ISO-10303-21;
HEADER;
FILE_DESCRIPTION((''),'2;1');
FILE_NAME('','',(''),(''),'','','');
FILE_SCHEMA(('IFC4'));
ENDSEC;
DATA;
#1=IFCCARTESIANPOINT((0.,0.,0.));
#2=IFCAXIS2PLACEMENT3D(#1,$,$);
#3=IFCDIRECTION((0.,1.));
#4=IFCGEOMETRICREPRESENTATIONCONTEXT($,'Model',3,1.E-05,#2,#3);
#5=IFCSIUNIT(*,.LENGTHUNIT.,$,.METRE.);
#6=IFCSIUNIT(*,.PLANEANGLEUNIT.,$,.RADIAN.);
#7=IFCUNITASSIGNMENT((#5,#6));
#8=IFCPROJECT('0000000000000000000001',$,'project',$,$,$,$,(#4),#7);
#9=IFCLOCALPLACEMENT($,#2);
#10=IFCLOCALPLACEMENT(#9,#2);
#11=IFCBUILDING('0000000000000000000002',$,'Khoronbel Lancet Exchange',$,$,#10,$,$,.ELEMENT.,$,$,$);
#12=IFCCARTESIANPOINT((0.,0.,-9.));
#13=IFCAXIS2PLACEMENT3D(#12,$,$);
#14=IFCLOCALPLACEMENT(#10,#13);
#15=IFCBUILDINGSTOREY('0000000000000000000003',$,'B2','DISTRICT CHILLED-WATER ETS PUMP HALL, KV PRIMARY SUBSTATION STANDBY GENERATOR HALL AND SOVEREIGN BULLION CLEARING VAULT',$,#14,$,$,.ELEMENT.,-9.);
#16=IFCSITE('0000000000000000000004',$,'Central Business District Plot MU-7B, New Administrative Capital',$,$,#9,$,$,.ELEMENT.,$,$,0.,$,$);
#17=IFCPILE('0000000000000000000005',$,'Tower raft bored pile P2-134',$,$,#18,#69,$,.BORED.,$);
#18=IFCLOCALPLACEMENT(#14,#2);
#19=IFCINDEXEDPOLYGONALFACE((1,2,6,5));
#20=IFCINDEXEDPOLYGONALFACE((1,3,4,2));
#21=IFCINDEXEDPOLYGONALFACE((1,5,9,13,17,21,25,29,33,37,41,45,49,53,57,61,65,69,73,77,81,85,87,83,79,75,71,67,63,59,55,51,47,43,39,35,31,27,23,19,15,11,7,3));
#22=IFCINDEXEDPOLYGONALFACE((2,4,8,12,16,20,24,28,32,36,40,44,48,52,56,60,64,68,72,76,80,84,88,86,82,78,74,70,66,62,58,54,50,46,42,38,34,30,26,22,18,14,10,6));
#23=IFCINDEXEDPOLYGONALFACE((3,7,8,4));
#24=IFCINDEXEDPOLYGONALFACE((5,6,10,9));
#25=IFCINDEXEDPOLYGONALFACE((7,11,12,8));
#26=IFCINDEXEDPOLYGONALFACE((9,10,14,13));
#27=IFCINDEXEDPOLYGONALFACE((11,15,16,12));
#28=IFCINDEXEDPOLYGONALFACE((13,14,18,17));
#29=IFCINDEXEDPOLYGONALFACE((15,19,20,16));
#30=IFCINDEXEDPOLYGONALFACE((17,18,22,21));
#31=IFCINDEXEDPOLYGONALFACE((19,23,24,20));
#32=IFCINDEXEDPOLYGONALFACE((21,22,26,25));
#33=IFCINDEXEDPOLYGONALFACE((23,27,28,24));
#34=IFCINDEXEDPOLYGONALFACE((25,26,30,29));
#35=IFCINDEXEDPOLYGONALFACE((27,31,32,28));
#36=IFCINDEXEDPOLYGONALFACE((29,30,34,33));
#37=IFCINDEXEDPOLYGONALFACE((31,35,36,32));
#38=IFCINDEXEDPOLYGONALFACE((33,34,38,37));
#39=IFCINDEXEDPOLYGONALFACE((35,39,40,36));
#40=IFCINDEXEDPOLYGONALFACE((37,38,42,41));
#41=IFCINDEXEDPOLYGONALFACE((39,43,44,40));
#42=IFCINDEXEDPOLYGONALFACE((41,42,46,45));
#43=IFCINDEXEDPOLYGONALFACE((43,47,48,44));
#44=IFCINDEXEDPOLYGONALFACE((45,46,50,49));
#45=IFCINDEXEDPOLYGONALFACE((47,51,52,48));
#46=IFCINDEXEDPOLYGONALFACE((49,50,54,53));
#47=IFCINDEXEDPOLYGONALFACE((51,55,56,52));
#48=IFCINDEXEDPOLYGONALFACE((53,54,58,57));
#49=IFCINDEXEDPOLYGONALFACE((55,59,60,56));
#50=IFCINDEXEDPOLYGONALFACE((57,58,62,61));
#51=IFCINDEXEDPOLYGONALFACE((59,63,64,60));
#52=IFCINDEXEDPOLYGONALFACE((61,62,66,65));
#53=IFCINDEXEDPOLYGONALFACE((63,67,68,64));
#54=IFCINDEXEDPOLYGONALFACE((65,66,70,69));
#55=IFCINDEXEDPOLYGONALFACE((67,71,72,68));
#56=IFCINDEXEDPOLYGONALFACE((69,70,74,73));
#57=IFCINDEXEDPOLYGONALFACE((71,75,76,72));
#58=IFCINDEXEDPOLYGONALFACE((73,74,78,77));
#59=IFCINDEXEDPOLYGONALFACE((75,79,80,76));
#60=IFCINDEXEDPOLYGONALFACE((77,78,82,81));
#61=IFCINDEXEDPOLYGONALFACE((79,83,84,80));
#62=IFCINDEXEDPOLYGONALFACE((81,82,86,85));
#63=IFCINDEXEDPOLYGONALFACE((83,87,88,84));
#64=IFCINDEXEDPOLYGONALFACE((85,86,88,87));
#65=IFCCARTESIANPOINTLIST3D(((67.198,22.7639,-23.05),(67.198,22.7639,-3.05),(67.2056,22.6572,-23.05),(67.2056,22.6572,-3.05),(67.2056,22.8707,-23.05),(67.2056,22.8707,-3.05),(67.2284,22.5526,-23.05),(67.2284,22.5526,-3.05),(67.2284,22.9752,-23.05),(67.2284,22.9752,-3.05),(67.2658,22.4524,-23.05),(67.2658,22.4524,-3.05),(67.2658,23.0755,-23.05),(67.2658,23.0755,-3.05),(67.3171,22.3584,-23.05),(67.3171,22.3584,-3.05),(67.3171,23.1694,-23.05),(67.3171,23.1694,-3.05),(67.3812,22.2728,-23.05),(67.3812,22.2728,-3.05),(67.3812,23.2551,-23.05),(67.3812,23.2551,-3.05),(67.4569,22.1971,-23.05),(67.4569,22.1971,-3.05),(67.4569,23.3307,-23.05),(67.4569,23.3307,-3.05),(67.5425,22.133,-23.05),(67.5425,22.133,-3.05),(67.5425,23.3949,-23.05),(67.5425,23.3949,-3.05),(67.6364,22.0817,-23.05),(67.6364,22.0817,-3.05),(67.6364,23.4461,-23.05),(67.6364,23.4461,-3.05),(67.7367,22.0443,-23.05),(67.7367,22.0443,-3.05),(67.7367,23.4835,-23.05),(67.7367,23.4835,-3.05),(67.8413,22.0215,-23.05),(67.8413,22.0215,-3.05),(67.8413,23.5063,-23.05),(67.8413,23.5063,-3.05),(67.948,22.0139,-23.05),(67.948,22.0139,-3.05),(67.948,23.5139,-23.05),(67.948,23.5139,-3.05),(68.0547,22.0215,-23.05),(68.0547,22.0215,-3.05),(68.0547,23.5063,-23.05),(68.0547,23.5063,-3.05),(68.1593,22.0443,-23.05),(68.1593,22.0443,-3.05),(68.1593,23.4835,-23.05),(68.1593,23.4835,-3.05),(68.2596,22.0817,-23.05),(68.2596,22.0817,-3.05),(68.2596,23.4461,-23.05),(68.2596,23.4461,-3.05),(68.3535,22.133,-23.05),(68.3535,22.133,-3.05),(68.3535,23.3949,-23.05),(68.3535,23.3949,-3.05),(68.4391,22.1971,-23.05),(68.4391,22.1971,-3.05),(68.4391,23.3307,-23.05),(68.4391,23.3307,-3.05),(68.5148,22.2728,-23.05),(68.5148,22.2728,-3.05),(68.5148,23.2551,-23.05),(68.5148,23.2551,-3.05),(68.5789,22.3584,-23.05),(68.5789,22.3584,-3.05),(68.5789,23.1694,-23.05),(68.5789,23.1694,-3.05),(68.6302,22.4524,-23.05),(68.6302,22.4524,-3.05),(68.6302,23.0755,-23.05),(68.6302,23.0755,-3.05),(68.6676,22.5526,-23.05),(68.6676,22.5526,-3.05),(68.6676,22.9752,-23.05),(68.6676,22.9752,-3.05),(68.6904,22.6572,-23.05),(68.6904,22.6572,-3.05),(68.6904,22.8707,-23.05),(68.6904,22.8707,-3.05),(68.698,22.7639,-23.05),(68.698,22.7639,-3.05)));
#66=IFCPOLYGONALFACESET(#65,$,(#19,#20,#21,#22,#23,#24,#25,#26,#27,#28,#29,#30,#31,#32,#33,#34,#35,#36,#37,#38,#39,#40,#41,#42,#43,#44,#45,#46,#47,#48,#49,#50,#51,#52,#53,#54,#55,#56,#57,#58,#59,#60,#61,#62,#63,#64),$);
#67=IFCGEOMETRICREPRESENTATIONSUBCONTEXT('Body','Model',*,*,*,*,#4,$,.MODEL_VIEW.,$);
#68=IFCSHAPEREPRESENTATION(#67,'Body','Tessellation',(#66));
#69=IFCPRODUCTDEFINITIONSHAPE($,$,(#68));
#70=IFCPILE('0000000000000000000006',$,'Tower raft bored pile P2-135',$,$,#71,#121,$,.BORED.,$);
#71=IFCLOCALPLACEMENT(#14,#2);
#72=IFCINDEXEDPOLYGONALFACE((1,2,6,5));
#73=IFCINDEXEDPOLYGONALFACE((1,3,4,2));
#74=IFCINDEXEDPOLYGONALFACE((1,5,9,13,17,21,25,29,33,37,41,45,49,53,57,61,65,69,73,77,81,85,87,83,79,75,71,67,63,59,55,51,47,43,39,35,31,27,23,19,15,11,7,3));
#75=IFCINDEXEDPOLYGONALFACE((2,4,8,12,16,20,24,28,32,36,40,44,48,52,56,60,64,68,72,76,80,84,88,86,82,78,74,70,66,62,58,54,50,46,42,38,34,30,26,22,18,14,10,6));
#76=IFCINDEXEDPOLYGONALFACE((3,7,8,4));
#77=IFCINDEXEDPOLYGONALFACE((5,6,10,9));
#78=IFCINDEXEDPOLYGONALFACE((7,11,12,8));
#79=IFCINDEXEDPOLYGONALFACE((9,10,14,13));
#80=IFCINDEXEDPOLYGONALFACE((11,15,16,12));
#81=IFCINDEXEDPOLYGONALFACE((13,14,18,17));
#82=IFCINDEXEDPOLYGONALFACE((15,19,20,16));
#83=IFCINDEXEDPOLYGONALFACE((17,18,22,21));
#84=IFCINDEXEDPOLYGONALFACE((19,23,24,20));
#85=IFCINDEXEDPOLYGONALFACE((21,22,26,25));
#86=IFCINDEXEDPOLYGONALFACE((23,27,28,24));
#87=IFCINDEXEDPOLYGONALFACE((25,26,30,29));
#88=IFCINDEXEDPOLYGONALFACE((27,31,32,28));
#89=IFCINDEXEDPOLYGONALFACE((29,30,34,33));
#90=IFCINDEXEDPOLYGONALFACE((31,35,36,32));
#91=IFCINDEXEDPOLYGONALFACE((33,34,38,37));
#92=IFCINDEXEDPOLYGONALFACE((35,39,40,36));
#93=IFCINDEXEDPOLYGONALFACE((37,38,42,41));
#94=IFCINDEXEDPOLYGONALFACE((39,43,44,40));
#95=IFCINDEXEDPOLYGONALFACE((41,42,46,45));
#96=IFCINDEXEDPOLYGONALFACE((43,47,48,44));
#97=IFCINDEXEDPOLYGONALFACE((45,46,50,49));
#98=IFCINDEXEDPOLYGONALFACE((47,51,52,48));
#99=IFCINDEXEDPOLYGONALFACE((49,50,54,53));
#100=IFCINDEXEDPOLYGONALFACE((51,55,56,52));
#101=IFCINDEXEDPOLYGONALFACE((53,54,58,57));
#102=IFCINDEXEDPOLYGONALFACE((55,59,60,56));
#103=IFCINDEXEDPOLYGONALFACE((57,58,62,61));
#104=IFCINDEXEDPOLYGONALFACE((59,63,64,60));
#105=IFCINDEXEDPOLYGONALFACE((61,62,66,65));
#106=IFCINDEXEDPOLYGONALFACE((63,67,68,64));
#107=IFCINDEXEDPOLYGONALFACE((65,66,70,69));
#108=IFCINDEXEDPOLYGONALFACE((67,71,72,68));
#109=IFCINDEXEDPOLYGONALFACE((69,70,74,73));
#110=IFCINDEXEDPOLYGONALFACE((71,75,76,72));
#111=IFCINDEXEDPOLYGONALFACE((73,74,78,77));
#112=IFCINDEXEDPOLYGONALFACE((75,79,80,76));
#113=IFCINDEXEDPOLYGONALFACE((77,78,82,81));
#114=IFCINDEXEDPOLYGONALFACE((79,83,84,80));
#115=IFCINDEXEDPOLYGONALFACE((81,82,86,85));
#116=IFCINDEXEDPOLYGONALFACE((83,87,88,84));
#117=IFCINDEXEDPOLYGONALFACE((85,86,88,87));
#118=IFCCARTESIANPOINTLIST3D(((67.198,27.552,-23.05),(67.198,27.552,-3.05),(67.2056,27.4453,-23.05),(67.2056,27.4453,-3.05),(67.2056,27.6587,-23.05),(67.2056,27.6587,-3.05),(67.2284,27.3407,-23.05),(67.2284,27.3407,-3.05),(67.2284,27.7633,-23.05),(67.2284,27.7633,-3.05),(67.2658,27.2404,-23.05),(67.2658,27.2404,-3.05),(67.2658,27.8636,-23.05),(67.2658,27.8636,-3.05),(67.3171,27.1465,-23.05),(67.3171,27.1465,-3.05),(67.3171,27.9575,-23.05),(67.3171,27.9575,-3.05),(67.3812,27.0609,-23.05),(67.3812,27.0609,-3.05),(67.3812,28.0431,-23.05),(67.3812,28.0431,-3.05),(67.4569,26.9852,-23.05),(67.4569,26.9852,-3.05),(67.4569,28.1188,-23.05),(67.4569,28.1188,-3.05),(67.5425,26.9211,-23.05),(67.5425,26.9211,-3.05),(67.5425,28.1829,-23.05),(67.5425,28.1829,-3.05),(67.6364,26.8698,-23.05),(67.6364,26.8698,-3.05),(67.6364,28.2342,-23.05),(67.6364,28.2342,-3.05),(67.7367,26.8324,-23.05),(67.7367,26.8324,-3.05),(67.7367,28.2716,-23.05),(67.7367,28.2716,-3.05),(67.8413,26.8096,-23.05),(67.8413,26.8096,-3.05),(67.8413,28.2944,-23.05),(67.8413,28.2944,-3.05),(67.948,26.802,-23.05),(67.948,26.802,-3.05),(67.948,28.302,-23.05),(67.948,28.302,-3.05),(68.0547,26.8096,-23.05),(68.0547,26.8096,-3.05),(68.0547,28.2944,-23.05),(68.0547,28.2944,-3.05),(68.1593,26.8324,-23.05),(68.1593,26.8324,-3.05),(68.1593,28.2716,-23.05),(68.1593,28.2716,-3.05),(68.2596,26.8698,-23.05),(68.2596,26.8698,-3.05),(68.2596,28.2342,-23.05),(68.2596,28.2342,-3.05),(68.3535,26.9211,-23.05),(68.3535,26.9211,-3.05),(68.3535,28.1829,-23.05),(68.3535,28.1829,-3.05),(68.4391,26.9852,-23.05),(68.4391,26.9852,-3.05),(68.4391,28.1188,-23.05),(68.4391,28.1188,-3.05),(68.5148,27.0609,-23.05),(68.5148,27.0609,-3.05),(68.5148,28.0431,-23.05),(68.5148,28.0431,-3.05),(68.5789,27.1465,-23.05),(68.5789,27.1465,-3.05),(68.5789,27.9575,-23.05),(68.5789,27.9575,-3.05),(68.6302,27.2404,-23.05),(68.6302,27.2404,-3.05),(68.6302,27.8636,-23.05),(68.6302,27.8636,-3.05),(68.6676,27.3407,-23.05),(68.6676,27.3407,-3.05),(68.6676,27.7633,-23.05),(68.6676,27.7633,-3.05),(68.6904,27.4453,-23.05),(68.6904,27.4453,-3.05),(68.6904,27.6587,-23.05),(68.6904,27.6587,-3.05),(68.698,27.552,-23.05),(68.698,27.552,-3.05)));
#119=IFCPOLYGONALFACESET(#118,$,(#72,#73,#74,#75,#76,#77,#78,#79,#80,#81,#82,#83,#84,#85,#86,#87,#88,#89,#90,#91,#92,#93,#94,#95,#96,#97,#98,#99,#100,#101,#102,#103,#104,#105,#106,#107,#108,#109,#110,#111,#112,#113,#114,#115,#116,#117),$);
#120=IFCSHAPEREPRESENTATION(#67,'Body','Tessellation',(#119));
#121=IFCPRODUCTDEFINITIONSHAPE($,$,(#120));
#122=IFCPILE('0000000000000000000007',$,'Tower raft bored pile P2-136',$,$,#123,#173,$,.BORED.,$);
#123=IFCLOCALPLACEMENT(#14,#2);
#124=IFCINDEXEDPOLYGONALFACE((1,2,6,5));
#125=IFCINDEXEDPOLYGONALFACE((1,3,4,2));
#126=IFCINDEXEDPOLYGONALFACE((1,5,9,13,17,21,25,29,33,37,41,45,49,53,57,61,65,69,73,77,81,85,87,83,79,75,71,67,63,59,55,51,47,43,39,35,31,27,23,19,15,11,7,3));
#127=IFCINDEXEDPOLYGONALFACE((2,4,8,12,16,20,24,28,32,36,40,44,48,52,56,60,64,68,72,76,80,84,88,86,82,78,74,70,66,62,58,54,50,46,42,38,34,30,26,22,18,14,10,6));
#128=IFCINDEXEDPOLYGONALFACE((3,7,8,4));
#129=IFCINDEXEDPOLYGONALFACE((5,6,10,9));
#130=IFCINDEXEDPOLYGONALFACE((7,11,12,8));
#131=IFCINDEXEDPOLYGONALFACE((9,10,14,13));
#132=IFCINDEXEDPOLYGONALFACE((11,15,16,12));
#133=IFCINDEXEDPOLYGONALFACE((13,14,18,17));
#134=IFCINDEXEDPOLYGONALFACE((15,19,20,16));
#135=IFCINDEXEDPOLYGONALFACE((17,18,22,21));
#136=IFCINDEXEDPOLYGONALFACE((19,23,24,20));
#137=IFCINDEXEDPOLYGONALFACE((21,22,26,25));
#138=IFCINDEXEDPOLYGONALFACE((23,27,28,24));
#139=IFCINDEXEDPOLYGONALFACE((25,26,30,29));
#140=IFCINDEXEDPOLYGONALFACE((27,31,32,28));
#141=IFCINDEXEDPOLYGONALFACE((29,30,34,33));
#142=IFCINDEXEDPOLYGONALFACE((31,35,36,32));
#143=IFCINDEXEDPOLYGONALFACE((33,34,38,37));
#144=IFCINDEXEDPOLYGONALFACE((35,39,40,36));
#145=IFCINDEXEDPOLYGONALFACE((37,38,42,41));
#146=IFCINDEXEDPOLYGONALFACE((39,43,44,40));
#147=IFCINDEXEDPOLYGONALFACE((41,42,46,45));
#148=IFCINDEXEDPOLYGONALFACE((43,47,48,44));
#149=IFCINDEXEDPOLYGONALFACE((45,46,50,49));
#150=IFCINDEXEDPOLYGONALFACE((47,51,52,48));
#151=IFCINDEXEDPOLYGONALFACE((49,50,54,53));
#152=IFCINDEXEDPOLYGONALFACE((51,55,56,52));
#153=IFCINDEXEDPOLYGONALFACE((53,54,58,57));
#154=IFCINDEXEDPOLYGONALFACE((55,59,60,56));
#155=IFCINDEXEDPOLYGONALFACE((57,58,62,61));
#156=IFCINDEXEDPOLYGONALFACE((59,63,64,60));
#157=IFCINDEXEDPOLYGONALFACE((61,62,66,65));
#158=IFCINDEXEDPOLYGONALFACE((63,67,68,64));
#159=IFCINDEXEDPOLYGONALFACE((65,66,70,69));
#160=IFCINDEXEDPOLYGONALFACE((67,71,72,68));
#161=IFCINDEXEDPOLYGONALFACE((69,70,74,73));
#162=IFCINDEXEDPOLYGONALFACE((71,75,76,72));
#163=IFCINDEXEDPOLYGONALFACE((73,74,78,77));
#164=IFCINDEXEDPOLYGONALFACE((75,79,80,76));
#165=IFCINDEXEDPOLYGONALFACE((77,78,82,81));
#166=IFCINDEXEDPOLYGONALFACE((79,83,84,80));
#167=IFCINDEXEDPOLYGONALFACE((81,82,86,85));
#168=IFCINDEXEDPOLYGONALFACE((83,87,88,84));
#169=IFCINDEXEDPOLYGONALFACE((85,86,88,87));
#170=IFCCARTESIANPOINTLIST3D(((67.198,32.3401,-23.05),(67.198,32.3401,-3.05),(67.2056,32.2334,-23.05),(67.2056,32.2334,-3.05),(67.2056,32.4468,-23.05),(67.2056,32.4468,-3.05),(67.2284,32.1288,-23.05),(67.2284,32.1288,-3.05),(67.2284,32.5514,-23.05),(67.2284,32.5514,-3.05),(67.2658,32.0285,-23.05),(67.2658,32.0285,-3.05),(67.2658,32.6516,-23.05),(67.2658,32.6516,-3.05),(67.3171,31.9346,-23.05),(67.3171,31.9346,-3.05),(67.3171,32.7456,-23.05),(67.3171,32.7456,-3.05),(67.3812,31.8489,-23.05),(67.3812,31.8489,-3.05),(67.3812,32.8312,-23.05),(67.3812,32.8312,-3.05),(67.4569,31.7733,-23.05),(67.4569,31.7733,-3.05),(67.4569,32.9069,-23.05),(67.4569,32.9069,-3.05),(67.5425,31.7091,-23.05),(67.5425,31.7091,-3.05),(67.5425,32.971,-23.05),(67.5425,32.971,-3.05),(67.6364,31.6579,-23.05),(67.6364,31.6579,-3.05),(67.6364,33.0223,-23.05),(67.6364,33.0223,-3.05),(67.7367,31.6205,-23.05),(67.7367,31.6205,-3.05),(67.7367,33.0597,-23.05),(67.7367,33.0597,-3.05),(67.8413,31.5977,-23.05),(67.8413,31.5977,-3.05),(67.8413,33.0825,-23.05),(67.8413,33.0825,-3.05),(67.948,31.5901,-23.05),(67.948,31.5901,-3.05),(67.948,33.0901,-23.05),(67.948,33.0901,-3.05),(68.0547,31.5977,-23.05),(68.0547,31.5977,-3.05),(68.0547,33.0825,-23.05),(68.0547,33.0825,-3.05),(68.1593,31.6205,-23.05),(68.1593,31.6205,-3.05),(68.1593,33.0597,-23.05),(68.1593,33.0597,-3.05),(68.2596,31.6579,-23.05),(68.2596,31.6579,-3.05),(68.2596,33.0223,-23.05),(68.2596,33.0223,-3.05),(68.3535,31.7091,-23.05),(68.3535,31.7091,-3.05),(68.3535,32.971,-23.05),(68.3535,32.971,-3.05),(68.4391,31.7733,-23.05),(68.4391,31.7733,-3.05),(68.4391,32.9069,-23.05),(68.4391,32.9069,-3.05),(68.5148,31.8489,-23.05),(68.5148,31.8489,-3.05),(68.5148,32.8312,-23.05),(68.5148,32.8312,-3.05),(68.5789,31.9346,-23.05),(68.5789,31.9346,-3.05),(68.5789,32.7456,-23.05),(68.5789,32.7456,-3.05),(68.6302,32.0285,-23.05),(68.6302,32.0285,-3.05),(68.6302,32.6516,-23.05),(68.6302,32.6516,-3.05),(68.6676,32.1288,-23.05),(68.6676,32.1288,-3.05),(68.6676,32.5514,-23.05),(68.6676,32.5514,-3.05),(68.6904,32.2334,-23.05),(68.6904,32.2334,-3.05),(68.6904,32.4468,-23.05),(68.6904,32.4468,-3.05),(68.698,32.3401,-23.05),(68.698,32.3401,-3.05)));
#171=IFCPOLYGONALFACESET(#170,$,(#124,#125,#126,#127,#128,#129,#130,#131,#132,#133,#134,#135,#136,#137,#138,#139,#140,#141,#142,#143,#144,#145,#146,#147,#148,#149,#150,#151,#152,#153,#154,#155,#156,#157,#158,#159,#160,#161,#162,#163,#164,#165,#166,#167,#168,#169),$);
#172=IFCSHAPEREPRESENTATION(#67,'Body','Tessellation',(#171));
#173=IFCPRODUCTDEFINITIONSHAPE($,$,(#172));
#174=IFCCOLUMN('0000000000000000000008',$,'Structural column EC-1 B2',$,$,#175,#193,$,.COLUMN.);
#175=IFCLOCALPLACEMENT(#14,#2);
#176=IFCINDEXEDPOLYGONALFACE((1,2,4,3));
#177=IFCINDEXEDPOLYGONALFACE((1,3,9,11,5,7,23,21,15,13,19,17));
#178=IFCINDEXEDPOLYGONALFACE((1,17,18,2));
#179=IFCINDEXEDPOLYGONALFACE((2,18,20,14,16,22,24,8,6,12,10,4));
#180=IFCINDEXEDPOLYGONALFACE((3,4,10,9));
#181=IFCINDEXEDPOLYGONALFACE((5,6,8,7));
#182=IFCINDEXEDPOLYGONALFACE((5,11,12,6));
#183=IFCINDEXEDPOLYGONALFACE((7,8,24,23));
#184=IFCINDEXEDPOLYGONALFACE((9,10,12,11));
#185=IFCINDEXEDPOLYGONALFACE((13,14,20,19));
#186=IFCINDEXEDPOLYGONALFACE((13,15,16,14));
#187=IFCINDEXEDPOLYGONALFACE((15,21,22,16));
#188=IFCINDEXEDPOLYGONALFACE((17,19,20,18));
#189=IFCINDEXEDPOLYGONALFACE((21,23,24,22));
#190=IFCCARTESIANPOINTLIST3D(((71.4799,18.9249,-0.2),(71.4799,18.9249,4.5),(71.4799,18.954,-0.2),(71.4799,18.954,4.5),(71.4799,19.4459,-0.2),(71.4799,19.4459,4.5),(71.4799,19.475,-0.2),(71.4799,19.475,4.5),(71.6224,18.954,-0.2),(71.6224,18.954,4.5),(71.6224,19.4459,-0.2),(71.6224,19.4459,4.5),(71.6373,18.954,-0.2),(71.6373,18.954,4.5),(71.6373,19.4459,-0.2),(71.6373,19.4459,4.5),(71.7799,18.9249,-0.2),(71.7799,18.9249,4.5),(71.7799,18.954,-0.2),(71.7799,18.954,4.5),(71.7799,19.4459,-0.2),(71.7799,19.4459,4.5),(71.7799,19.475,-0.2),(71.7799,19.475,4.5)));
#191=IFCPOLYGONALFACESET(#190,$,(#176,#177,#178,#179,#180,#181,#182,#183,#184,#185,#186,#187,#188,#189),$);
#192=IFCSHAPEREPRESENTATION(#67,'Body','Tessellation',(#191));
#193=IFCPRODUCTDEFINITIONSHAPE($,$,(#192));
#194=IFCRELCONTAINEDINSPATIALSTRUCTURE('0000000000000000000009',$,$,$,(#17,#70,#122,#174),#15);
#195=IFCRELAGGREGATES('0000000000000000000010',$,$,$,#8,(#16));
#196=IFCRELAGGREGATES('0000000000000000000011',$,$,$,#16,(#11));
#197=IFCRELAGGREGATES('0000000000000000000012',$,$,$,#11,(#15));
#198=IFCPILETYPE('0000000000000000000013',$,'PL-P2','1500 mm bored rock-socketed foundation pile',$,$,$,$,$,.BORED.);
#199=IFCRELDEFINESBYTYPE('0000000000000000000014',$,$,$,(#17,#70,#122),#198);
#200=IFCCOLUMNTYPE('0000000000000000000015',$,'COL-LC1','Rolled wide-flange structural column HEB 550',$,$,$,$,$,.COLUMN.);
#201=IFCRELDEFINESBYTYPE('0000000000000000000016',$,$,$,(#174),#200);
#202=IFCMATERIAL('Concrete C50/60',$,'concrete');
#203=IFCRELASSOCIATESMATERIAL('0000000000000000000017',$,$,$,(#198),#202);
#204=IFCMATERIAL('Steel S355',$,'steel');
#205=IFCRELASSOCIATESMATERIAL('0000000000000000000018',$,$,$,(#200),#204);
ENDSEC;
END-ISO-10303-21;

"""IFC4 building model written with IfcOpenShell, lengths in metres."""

from ifc_helpers import new_model, si_unit, direction, frame, origin, origin_2d, place, context, subcontext, project, spatial, circle, i_section, extrude, material, material_profile, profile_set, type_object, element, save


model = new_model("IFC4")

# Units and contexts
model_context = context("Model", 3, precision=1e-05, world=origin(), true_north=direction((0.0, 1.0)))
body_context = subcontext(model_context, "Body", "Model", "MODEL_VIEW")
ifc_project = project(units=[si_unit("LENGTHUNIT", "METRE"), si_unit("PLANEANGLEUNIT", "RADIAN")], contexts=[model_context])

# Site, building, storey
site_placement = place(None, origin())
site = spatial("IfcSite", under=ifc_project, at=site_placement, Name="Central Business District Plot MU-7B, New Administrative Capital", CompositionType="ELEMENT", RefElevation=0.0)
building_placement = place(site_placement, origin())
building = spatial("IfcBuilding", under=site, at=building_placement, Name="Khoronbel Lancet Exchange", CompositionType="ELEMENT")
storey_placement = place(building_placement, frame((0.0, 0.0, -9.0)))
storey = spatial("IfcBuildingStorey", under=building, at=storey_placement, Name="B2", Description="DISTRICT CHILLED-WATER ETS PUMP HALL, KV PRIMARY SUBSTATION STANDBY GENERATOR HALL AND SOVEREIGN BULLION CLEARING VAULT", CompositionType="ELEMENT", Elevation=-9.0)

# Shared definitions
ifc_material_1 = material(Name="Concrete C50/60", Category="concrete")

# Piles
ifc_material_profile_1 = material_profile(ifc_material_1, circle(Radius=0.75, at=origin_2d()), Name="BORED PILE D1500")
ifc_profile_set_1 = profile_set([ifc_material_profile_1], Name="Concrete C50/60")
pile_type_1 = type_object("IfcPileType", Name="PL-P2", Description="1500 mm bored rock-socketed foundation pile", PredefinedType="BORED", material=ifc_profile_set_1)
for number, where, z_axis, x_axis, name in (
    (1, (67.948, 22.7639, -3.05), (0.0, 0.0, -1.0), (1.0, 0.0, 0.0), "Tower raft bored pile P2-134"),
    (2, (67.948, 27.552, -3.05), (0.0, 0.0, -1.0), (1.0, 0.0, 0.0), "Tower raft bored pile P2-135"),
    (3, (67.948, 32.3401, -3.05), (0.0, 0.0, -1.0), (1.0, 0.0, 0.0), "Tower raft bored pile P2-136"),
):
    element("IfcPile", number, at=place(storey_placement, frame(where, z_axis=z_axis, x_axis=x_axis)), inside=storey, type_object=pile_type_1, Name=name, PredefinedType="BORED", context=body_context, shape_type="SweptSolid", body=[
        extrude(circle(Radius=0.75, at=origin_2d()), origin(), (0.0, 0.0, 1.0), 20.0),
    ])

# Column
ifc_material_2 = material(Name="Steel S355", Category="steel")
ifc_material_profile_2 = material_profile(ifc_material_2, i_section(OverallWidth=0.3, OverallDepth=0.55, WebThickness=0.0149, FlangeThickness=0.0291, at=origin_2d()), Name="HEB 550")
ifc_profile_set_2 = profile_set([ifc_material_profile_2], Name="Steel S355")
column_type_1 = type_object("IfcColumnType", Name="COL-LC1", Description="Rolled wide-flange structural column HEB 550", PredefinedType="COLUMN", material=ifc_profile_set_2)
for number, where, z_axis, x_axis, name in (
    (4, (71.6299, 19.2, -0.2), (0.0, 0.0, 1.0), (1.0, 0.0, 0.0), "Structural column EC-1 B2"),
):
    element("IfcColumn", number, at=place(storey_placement, frame(where, z_axis=z_axis, x_axis=x_axis)), inside=storey, type_object=column_type_1, Name=name, PredefinedType="COLUMN", context=body_context, shape_type="SweptSolid", body=[
        extrude(i_section(OverallWidth=0.3, OverallDepth=0.55, WebThickness=0.0149, FlangeThickness=0.0291, at=origin_2d()), origin(), (0.0, 0.0, 1.0), 4.7),
    ])

save(model, "model.ifc")
